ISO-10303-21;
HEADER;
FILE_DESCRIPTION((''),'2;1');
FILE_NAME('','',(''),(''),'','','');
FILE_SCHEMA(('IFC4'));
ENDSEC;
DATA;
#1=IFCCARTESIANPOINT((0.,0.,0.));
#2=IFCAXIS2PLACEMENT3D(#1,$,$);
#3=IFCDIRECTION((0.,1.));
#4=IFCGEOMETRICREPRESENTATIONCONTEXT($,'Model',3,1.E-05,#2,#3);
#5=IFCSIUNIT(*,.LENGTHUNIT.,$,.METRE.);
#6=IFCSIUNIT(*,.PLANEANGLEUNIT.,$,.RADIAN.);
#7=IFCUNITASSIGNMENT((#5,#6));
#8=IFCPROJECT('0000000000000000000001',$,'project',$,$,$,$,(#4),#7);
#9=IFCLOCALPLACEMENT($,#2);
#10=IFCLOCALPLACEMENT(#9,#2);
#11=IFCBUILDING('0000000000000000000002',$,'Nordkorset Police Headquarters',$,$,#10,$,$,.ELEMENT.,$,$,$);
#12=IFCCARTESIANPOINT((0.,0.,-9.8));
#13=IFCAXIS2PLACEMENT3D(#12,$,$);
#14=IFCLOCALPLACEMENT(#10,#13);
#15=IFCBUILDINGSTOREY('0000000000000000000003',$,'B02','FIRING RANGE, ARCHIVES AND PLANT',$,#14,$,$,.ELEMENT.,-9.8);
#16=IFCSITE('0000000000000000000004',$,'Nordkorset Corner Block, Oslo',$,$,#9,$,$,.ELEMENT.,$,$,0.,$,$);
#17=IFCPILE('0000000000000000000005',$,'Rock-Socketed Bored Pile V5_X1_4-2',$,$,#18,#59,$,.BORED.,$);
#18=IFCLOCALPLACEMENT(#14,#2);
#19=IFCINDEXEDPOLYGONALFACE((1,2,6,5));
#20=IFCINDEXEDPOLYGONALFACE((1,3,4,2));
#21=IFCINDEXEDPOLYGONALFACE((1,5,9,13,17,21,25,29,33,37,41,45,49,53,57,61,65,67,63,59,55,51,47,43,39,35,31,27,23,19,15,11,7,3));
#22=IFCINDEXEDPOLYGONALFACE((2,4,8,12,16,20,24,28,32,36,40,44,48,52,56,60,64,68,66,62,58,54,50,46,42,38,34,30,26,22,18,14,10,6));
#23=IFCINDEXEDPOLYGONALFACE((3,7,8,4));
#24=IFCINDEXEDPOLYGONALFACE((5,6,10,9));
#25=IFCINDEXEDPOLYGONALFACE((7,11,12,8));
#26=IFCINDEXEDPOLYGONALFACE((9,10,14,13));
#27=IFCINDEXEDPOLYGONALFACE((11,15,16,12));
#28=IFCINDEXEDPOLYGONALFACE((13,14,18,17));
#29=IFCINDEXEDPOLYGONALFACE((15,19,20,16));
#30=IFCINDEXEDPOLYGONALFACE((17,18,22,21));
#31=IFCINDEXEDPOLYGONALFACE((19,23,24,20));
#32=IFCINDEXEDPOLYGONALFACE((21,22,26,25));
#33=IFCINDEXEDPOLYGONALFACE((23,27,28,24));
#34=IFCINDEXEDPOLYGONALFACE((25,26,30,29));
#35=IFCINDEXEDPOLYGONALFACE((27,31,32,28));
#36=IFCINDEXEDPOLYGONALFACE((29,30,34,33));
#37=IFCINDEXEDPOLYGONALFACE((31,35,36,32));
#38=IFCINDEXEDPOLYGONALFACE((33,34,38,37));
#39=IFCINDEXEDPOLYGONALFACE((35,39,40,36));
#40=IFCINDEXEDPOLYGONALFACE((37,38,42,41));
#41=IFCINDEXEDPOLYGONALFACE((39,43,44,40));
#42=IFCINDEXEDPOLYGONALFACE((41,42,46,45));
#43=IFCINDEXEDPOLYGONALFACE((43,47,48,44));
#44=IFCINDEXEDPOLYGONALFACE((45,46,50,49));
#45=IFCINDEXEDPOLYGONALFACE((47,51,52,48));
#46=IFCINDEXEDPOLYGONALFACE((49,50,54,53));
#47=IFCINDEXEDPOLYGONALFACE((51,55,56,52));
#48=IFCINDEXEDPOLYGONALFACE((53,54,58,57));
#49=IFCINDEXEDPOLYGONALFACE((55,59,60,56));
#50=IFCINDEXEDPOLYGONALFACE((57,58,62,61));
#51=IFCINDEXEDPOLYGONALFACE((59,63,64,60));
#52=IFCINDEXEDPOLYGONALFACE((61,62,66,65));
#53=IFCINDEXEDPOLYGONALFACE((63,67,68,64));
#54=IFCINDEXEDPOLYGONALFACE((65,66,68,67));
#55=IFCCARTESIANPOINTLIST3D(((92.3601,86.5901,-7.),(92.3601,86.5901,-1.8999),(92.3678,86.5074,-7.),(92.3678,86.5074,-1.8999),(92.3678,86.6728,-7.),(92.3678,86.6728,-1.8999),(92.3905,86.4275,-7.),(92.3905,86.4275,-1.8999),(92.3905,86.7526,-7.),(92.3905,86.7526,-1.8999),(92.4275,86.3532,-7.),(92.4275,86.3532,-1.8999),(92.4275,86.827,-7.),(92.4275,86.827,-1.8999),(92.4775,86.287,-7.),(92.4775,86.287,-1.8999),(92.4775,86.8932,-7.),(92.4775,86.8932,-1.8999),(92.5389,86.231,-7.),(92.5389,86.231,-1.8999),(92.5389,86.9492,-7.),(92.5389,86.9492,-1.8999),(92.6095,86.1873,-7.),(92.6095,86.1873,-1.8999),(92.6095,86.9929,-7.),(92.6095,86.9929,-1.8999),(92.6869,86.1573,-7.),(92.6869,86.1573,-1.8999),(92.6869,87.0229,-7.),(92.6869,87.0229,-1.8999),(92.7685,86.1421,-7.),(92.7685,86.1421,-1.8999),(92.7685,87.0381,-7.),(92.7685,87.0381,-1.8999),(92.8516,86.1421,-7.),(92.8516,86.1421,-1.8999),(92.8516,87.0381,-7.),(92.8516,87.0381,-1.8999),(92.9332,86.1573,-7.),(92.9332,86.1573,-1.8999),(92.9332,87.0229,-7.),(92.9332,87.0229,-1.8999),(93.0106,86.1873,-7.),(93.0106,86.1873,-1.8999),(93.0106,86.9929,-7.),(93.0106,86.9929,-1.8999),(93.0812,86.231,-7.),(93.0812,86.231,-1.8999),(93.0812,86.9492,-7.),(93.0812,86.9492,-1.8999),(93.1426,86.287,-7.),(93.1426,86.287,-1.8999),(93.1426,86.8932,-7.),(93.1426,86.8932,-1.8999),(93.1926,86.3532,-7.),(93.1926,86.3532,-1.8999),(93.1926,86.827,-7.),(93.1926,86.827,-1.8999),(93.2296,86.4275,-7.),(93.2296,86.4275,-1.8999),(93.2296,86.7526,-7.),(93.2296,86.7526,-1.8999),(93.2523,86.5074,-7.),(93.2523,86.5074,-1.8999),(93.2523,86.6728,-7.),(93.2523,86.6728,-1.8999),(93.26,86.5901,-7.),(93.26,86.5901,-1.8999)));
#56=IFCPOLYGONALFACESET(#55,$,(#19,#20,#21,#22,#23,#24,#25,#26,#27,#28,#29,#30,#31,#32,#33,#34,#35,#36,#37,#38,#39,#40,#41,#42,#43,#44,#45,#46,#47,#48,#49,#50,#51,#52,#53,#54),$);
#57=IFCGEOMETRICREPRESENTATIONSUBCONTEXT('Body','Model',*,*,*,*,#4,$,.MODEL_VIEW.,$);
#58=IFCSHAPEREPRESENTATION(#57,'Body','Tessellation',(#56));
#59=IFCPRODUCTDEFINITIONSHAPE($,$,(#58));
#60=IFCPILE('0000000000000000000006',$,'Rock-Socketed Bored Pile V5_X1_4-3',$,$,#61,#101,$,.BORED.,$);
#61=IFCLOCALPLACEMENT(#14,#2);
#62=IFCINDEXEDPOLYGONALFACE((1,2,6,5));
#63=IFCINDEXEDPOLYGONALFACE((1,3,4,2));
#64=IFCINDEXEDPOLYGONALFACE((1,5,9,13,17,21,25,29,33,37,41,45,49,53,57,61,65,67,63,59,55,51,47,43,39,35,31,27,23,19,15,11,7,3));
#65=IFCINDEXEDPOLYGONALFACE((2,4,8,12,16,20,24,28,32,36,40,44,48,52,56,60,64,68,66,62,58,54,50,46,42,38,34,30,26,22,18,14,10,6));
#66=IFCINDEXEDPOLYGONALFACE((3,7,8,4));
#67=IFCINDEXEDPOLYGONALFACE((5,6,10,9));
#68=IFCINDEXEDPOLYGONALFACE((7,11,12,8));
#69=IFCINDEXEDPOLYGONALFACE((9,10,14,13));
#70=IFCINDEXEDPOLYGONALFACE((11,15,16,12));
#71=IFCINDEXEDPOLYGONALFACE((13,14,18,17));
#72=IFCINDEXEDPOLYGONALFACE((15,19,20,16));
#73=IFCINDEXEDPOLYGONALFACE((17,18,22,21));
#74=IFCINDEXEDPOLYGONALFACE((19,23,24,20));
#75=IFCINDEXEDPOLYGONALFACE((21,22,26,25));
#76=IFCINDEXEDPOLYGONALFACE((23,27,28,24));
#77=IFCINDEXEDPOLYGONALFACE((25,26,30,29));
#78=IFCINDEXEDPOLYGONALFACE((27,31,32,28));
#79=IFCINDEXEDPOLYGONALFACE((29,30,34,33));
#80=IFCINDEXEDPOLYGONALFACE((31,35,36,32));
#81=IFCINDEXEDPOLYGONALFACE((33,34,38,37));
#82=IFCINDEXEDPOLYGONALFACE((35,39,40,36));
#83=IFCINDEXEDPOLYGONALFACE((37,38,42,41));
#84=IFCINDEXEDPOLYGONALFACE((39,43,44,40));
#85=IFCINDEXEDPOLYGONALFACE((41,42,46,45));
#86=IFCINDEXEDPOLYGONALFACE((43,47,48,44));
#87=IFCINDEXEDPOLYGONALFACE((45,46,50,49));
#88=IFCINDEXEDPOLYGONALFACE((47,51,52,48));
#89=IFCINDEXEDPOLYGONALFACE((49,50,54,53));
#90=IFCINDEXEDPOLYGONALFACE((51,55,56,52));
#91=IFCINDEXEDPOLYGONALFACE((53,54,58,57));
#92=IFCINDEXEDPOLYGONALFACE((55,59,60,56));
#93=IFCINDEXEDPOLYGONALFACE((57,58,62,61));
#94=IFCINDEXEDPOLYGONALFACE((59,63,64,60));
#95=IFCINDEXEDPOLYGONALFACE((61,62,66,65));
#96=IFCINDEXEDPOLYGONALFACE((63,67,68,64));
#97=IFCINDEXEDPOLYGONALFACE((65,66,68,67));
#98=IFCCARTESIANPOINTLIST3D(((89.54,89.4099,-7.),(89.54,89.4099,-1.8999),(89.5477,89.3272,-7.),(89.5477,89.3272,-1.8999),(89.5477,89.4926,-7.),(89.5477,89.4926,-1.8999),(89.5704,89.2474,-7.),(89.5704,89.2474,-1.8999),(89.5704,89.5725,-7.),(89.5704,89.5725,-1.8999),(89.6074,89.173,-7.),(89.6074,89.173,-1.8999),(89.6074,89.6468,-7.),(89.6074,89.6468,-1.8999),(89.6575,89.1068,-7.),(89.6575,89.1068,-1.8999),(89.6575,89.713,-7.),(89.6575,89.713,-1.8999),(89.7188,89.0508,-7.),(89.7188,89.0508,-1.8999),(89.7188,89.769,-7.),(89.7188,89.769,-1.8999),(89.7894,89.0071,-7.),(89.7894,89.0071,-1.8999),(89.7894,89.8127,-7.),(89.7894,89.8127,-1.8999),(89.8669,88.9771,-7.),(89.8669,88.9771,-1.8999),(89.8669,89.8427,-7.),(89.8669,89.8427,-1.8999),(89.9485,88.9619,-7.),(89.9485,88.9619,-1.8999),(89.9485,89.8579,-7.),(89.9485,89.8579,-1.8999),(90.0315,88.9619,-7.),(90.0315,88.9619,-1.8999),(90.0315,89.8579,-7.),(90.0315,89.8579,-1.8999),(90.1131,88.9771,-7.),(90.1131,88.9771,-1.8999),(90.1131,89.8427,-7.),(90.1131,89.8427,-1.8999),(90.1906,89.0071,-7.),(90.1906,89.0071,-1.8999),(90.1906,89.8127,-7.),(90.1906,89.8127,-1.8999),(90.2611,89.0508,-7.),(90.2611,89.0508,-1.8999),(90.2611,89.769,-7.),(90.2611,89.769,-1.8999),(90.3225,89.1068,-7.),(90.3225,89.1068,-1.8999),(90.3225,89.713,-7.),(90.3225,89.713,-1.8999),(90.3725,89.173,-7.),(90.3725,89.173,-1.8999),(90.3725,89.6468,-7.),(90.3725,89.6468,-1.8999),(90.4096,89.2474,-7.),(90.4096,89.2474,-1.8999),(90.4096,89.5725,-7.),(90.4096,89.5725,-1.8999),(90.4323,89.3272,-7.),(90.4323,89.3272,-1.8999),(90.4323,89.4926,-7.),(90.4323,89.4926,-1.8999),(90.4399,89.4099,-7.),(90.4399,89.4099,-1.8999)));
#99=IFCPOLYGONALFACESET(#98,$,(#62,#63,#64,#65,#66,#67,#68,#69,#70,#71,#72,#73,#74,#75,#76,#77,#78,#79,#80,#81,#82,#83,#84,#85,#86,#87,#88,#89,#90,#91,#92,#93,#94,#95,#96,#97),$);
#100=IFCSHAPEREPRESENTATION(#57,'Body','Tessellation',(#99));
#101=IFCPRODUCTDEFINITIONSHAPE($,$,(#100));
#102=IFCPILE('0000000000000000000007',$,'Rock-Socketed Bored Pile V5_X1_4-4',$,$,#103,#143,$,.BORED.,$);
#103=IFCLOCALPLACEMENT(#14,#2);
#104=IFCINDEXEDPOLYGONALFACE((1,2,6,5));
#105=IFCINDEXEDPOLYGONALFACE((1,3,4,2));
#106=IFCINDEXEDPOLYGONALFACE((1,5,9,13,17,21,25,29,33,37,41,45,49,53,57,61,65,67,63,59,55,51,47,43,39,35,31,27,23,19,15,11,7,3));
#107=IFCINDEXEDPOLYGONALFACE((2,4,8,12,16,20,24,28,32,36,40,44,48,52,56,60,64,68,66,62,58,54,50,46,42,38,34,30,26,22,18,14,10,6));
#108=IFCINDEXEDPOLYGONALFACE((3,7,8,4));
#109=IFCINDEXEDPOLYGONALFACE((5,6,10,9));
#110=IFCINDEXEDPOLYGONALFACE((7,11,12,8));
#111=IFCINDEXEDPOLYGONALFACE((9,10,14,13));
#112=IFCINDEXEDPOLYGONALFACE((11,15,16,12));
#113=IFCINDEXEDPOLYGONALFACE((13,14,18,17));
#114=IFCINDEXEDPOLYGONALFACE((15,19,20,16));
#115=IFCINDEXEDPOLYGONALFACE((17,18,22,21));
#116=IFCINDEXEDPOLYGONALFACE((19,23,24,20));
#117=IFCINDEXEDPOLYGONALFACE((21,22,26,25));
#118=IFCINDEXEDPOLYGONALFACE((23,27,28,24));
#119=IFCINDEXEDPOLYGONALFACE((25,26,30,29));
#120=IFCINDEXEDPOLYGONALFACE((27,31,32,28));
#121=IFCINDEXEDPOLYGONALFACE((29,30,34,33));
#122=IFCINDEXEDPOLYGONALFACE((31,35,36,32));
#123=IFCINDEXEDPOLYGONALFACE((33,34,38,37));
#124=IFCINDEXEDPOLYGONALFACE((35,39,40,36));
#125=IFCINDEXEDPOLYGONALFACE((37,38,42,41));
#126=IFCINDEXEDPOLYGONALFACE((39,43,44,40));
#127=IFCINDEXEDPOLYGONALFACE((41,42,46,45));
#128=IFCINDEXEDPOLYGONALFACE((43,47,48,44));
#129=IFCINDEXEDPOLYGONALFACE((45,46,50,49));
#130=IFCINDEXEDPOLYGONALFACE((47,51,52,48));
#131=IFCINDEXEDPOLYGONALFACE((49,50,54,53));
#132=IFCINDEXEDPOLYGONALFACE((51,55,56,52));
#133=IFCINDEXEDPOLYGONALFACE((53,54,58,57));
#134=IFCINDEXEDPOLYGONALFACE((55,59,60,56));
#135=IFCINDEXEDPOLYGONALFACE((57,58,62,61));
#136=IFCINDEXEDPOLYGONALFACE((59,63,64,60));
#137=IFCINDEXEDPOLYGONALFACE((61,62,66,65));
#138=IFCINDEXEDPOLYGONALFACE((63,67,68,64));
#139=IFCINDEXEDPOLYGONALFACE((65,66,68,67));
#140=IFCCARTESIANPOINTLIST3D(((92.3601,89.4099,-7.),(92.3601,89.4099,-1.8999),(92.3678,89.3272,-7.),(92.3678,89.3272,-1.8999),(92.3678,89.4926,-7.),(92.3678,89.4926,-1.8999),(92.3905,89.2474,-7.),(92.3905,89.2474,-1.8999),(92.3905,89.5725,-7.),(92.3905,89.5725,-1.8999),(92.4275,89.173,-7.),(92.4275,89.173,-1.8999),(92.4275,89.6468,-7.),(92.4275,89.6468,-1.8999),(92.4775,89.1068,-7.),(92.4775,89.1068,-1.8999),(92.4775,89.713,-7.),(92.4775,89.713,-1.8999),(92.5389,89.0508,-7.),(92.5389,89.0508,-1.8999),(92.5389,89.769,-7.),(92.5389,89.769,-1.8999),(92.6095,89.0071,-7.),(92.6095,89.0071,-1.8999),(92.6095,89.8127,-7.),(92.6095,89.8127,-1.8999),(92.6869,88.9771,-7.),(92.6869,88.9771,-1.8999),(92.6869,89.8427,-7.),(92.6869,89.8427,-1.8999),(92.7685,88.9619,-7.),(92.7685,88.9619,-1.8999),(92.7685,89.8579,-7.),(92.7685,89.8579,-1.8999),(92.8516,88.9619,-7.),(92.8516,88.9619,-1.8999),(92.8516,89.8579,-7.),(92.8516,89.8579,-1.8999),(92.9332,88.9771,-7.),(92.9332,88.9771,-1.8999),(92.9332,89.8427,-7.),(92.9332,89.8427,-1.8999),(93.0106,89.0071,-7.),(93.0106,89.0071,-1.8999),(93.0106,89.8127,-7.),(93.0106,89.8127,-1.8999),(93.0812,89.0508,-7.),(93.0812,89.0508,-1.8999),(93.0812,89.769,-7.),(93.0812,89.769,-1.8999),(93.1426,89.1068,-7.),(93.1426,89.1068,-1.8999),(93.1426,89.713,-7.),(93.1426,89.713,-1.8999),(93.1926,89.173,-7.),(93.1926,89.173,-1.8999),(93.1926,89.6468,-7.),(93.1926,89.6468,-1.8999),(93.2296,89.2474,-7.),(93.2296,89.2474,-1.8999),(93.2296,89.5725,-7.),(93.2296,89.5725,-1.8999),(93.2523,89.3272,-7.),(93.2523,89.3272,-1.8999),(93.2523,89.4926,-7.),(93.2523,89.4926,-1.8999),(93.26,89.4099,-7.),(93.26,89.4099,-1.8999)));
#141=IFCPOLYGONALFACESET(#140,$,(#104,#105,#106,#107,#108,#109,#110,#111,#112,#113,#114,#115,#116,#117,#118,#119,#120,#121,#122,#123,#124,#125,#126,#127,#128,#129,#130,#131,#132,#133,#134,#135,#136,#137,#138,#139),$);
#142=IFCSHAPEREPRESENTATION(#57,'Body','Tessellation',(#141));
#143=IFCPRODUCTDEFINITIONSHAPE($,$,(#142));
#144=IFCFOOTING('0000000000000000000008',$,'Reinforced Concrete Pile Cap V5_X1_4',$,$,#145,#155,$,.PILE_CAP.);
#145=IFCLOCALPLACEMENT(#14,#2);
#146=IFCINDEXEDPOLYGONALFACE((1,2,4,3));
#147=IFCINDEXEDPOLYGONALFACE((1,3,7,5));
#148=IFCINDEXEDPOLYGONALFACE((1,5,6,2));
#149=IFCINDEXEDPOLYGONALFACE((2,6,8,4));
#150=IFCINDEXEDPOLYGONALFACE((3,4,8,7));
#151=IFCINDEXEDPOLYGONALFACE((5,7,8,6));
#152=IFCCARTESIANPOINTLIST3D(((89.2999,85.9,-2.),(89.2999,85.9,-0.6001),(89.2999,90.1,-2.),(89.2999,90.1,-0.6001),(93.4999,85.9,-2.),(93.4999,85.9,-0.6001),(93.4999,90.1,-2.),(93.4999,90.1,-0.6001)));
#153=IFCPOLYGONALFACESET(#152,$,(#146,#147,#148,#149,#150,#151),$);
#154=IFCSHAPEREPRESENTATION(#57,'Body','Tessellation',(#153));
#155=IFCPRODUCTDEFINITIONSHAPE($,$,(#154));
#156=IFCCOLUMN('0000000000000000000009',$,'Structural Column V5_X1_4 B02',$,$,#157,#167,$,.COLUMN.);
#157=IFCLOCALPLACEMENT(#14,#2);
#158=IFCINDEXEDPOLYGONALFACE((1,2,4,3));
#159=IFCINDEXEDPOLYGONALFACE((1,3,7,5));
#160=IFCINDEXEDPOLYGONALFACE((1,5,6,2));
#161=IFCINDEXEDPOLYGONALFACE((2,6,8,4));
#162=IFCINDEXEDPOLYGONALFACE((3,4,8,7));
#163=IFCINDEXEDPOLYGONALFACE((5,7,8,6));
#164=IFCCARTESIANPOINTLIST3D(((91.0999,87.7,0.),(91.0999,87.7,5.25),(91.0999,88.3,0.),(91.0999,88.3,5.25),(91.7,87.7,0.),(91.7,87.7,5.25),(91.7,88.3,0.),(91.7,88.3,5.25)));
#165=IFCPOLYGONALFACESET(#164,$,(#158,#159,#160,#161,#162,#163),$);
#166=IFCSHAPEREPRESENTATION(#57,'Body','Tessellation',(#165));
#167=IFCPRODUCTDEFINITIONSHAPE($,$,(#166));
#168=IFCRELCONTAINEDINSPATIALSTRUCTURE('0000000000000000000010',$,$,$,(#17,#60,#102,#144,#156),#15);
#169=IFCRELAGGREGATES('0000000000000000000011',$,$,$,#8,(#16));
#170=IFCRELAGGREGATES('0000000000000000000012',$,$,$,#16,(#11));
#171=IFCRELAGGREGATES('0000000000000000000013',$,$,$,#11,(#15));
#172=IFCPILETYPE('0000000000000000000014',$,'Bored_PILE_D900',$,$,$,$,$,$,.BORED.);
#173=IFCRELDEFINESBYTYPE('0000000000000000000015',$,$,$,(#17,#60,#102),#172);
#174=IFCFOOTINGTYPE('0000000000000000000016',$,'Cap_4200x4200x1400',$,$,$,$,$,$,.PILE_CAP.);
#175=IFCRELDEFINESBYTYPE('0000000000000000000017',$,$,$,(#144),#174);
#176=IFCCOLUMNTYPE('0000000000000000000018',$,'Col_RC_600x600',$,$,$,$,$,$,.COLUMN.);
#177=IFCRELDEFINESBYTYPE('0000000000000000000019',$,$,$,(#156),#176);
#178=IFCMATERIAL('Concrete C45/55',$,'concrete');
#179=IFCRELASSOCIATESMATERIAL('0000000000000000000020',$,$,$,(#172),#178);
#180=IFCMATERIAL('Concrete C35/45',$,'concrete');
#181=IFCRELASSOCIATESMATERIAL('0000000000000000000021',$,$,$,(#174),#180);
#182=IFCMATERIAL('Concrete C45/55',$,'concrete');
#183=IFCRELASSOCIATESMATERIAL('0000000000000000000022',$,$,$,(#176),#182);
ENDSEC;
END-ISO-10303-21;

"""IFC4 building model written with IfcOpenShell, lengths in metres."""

from ifc_helpers import new_model, si_unit, direction, frame, origin, origin_2d, place, context, subcontext, project, spatial, rectangle, circle, extrude, material, material_profile, profile_set, type_object, element, save


model = new_model("IFC4")

# Units and contexts
model_context = context("Model", 3, precision=1e-05, world=origin(), true_north=direction((0.0, 1.0)))
body_context = subcontext(model_context, "Body", "Model", "MODEL_VIEW")
ifc_project = project(units=[si_unit("LENGTHUNIT", "METRE"), si_unit("PLANEANGLEUNIT", "RADIAN")], contexts=[model_context])

# Site, building, storey
site_placement = place(None, origin())
site = spatial("IfcSite", under=ifc_project, at=site_placement, Name="Nordkorset Corner Block, Oslo", CompositionType="ELEMENT", RefElevation=0.0)
building_placement = place(site_placement, origin())
building = spatial("IfcBuilding", under=site, at=building_placement, Name="Nordkorset Police Headquarters", CompositionType="ELEMENT")
storey_placement = place(building_placement, frame((0.0, 0.0, -9.8)))
storey = spatial("IfcBuildingStorey", under=building, at=storey_placement, Name="B02", Description="FIRING RANGE, ARCHIVES AND PLANT", CompositionType="ELEMENT", Elevation=-9.8)

# Piles
ifc_material_1 = material(Name="Concrete C45/55", Category="concrete")
ifc_material_profile_1 = material_profile(ifc_material_1, circle(Radius=0.45, at=origin_2d()), Name="PILE D900")
ifc_profile_set_1 = profile_set([ifc_material_profile_1], Name="Concrete C45/55")
pile_type = type_object("IfcPileType", Name="Bored_PILE_D900", PredefinedType="BORED", material=ifc_profile_set_1)
for number, where, z_axis, x_axis, name in (
    (1, (92.8101, 86.5901, -1.8999), (0.0, 0.0, -1.0), (1.0, 0.0, 0.0), "Rock-Socketed Bored Pile V5_X1_4-2"),
    (2, (89.99, 89.4099, -1.8999), (0.0, 0.0, -1.0), (1.0, 0.0, 0.0), "Rock-Socketed Bored Pile V5_X1_4-3"),
    (3, (92.8101, 89.4099, -1.8999), (0.0, 0.0, -1.0), (1.0, 0.0, 0.0), "Rock-Socketed Bored Pile V5_X1_4-4"),
):
    element("IfcPile", number, at=place(storey_placement, frame(where, z_axis=z_axis, x_axis=x_axis)), inside=storey, type_object=pile_type, Name=name, PredefinedType="BORED", context=body_context, shape_type="SweptSolid", body=[
        extrude(circle(Radius=0.45, at=origin_2d()), origin(), (0.0, 0.0, 1.0), 5.1001),
    ])

# Footing
ifc_material_2 = material(Name="Concrete C35/45", Category="concrete")
footing_type = type_object("IfcFootingType", Name="Cap_4200x4200x1400", PredefinedType="PILE_CAP", material=ifc_material_2)
footing_placement = place(storey_placement, frame((91.3999, 88.0, -2.0), z_axis=(0.0, 0.0, 1.0), x_axis=(1.0, 0.0, 0.0)))
element("IfcFooting", 4, at=footing_placement, inside=storey, type_object=footing_type, Name="Reinforced Concrete Pile Cap V5_X1_4", PredefinedType="PILE_CAP", context=body_context, shape_type="SweptSolid", body=[
    extrude(rectangle(XDim=4.2, YDim=4.2, at=origin_2d()), origin(), (0.0, 0.0, 1.0), 1.3999),
])

# Column
ifc_material_3 = material(Name="Concrete C45/55", Category="concrete")
ifc_material_profile_2 = material_profile(ifc_material_3, rectangle(XDim=0.6001, YDim=0.6001, at=origin_2d()), Name="RC 600x600")
ifc_profile_set_2 = profile_set([ifc_material_profile_2], Name="Concrete C45/55")
column_type = type_object("IfcColumnType", Name="Col_RC_600x600", PredefinedType="COLUMN", material=ifc_profile_set_2)
column_placement = place(storey_placement, frame((91.3999, 88.0, 0.0), z_axis=(0.0, 0.0, 1.0), x_axis=(1.0, 0.0, 0.0)))
element("IfcColumn", 5, at=column_placement, inside=storey, type_object=column_type, Name="Structural Column V5_X1_4 B02", PredefinedType="COLUMN", context=body_context, shape_type="SweptSolid", body=[
    extrude(rectangle(XDim=0.6001, YDim=0.6001, at=origin_2d()), origin(), (0.0, 0.0, 1.0), 5.25),
])

save(model, "model.ifc")
